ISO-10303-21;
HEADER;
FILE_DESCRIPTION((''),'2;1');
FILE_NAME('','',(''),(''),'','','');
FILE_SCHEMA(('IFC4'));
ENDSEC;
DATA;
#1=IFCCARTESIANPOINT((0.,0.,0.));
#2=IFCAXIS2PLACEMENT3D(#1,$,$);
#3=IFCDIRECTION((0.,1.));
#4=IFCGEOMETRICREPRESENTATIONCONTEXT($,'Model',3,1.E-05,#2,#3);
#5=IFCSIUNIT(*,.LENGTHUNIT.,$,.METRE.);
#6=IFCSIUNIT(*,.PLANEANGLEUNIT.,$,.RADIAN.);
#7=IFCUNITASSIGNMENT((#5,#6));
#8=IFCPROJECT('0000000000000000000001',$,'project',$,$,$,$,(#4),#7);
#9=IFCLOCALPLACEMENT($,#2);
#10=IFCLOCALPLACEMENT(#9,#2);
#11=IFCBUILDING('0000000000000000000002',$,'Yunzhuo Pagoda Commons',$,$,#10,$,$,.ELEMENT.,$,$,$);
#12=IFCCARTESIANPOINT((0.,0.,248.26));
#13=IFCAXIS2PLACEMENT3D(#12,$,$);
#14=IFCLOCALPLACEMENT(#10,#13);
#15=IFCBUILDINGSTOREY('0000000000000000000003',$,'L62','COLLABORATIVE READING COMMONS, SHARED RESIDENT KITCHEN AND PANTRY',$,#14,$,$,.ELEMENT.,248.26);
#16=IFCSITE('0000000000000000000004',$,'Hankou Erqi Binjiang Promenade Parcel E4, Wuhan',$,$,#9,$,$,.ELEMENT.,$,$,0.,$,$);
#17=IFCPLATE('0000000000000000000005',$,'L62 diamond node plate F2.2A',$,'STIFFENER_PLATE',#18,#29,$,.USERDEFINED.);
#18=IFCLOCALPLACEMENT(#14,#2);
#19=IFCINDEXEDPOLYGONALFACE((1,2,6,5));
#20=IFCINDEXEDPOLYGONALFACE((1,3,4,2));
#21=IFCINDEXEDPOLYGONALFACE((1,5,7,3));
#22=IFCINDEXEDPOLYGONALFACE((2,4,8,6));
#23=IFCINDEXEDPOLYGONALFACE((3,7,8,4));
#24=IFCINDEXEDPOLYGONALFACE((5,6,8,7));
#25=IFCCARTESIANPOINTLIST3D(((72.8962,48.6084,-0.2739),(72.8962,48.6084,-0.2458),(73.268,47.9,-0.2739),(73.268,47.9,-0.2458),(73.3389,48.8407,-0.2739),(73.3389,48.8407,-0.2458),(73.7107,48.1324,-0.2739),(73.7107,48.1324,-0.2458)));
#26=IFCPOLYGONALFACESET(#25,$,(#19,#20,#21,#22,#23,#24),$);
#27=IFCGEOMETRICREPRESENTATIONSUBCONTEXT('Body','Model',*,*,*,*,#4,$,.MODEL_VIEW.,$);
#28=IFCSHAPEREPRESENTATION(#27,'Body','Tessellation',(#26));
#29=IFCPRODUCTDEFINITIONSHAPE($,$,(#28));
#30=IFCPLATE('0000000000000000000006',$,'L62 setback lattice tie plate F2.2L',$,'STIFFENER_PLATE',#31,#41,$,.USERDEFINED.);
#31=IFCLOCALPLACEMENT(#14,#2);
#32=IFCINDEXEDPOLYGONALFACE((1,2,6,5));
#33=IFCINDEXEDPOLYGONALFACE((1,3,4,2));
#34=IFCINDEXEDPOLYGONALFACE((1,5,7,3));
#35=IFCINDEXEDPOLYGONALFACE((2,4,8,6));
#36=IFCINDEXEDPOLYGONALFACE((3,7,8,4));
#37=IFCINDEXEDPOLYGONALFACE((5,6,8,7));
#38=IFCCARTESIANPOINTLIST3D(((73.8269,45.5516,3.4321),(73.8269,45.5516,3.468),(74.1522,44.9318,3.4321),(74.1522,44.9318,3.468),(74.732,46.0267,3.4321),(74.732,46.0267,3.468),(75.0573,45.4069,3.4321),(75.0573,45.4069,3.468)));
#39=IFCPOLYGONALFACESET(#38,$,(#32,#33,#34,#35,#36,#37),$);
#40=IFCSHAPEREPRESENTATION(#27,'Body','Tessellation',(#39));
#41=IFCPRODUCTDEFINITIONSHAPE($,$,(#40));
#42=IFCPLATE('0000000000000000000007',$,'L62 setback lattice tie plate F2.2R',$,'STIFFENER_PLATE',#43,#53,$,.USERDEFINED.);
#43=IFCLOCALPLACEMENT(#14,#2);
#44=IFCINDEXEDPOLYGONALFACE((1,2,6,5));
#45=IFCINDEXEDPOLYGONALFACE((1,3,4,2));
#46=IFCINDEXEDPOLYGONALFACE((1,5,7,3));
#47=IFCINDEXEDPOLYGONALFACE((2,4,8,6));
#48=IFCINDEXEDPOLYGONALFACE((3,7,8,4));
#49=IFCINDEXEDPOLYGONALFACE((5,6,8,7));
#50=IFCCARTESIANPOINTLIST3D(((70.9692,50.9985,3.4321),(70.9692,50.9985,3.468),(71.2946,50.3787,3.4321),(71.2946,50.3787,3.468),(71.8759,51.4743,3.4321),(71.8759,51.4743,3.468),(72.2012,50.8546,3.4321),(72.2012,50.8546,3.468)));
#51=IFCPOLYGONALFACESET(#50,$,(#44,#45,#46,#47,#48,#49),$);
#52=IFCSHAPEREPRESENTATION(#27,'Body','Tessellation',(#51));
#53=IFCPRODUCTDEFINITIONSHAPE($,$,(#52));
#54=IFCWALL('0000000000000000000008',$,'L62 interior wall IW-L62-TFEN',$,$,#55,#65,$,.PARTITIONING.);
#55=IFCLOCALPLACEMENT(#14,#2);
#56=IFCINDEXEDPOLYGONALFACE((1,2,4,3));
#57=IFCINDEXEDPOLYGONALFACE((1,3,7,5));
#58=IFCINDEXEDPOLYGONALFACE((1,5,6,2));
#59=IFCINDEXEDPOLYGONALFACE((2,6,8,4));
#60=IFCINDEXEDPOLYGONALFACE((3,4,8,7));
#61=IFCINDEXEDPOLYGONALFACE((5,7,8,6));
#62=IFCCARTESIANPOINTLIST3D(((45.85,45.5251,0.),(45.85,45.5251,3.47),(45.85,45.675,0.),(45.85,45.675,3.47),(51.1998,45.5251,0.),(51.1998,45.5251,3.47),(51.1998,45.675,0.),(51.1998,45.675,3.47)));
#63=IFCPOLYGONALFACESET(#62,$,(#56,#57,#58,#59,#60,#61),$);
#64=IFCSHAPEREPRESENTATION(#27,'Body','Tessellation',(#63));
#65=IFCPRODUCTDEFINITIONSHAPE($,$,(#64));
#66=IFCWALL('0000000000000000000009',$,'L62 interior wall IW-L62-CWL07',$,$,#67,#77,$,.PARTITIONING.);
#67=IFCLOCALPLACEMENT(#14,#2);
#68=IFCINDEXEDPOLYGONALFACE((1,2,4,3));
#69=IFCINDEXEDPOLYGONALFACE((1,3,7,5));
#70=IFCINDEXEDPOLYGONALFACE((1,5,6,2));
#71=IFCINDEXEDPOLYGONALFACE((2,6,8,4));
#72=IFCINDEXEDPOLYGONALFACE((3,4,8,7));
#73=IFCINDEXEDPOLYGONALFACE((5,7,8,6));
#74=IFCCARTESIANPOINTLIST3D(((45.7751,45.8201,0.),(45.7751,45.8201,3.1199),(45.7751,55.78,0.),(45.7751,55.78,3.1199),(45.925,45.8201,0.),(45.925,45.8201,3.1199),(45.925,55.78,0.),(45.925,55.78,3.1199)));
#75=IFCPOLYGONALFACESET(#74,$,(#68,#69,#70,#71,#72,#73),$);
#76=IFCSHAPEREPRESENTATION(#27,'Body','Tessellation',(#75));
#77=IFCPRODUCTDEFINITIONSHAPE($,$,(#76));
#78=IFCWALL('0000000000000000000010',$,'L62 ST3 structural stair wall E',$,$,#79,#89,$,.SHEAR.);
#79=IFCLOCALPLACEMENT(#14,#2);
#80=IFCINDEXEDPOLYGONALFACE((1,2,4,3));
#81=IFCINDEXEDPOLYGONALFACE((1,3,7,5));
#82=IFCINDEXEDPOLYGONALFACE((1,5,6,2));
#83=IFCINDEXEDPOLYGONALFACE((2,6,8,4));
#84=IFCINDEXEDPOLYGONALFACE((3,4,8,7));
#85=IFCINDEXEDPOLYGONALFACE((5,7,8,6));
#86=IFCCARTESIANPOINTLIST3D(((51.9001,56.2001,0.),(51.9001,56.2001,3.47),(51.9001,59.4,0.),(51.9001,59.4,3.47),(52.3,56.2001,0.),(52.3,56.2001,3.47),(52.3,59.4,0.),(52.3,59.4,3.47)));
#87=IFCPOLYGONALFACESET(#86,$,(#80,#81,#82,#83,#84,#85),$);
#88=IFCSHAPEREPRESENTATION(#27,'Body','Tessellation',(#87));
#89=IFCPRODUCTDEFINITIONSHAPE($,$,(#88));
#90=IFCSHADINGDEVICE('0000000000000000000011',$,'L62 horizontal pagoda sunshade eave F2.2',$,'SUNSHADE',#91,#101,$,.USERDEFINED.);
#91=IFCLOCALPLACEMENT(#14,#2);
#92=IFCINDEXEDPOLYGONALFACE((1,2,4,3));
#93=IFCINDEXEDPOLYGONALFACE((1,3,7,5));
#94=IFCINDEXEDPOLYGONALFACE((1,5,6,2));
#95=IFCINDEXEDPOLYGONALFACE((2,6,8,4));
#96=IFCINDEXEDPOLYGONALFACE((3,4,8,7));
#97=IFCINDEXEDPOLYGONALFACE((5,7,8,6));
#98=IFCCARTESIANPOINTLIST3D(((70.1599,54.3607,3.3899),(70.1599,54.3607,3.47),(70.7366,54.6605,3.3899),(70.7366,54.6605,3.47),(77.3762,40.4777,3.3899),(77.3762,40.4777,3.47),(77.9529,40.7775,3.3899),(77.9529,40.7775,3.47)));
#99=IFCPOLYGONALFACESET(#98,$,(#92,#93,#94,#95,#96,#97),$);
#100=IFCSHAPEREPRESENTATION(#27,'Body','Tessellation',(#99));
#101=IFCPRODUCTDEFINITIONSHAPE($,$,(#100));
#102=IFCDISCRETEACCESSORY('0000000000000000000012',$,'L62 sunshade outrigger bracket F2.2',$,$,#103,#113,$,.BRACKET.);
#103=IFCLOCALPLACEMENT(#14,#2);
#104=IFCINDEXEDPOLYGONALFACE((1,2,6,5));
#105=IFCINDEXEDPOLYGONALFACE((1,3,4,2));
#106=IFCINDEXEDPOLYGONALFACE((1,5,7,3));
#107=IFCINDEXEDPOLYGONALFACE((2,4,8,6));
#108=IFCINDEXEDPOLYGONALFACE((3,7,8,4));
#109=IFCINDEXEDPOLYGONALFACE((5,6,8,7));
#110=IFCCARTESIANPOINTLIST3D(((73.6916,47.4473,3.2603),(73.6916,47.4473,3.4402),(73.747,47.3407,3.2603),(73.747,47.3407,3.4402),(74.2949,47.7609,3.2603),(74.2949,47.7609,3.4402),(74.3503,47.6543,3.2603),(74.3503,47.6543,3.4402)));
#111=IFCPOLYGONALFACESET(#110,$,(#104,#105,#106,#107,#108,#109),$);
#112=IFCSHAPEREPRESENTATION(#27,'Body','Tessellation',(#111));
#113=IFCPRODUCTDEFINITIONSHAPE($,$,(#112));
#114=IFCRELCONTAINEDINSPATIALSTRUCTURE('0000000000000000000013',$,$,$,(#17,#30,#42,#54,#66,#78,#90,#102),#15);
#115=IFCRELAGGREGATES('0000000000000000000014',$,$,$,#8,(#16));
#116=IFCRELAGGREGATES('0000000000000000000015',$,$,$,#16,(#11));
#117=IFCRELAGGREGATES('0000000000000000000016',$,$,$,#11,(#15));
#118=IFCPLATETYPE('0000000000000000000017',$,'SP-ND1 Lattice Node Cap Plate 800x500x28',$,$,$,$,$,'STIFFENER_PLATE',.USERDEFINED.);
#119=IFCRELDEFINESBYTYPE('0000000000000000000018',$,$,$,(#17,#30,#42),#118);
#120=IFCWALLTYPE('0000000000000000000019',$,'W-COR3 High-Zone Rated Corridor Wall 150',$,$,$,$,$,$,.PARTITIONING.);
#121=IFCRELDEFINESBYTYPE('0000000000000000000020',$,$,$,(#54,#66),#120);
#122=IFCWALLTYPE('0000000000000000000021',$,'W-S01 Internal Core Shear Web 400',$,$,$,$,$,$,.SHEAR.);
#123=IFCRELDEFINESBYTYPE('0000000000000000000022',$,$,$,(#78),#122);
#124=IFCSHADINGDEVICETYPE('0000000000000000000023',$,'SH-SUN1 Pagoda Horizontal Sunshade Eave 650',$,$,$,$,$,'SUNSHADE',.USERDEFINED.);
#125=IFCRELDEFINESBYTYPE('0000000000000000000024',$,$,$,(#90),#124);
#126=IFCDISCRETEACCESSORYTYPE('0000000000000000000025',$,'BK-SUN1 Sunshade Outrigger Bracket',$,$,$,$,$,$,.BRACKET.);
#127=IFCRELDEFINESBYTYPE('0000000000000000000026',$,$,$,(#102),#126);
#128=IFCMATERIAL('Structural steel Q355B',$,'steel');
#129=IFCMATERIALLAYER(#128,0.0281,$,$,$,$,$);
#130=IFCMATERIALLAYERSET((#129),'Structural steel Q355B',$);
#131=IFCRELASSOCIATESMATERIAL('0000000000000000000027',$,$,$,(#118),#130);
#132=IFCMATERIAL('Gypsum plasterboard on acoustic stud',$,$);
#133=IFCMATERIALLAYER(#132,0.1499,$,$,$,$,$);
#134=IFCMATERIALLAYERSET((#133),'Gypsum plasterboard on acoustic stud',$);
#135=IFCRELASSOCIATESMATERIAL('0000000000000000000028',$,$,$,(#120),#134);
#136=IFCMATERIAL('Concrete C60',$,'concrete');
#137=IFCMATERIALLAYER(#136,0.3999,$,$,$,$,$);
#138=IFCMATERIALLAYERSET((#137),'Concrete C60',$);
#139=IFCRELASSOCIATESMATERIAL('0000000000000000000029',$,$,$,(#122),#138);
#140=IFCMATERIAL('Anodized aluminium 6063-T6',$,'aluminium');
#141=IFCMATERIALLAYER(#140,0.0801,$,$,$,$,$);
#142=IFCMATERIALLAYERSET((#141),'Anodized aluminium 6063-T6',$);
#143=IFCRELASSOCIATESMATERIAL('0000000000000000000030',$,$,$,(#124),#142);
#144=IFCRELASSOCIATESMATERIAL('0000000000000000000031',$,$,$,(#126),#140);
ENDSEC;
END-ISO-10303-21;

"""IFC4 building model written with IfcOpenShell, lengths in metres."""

from ifc_helpers import new_model, si_unit, direction, frame, frame_2d, origin, origin_2d, place, context, subcontext, project, spatial, rectangle, extrude, source, transform, mapped, material, layer, layer_set, type_object, element, save


model = new_model("IFC4")

# Units and contexts
model_context = context("Model", 3, precision=1e-05, world=origin(), true_north=direction((0.0, 1.0)))
body_context = subcontext(model_context, "Body", "Model", "MODEL_VIEW")
ifc_project = project(units=[si_unit("LENGTHUNIT", "METRE"), si_unit("PLANEANGLEUNIT", "RADIAN")], contexts=[model_context])

# Site, building, storey
site_placement = place(None, origin())
site = spatial("IfcSite", under=ifc_project, at=site_placement, Name="Hankou Erqi Binjiang Promenade Parcel E4, Wuhan", CompositionType="ELEMENT", RefElevation=0.0)
building_placement = place(site_placement, origin())
building = spatial("IfcBuilding", under=site, at=building_placement, Name="Yunzhuo Pagoda Commons", CompositionType="ELEMENT")
storey_placement = place(building_placement, frame((0.0, 0.0, 248.26)))
storey = spatial("IfcBuildingStorey", under=building, at=storey_placement, Name="L62", Description="COLLABORATIVE READING COMMONS, SHARED RESIDENT KITCHEN AND PANTRY", CompositionType="ELEMENT", Elevation=248.26)

# Shared definitions
ifc_material_1 = material(Name="Structural steel Q355B", Category="steel")

# Shared definitions
ifc_material_2 = material(Name="Anodized aluminium 6063-T6", Category="aluminium")

# Plates
ifc_layer_1 = layer(ifc_material_1, 0.0281)
ifc_layer_set_1 = layer_set([ifc_layer_1], Name="Structural steel Q355B")
plate_type_1 = type_object("IfcPlateType", Name="SP-ND1 Lattice Node Cap Plate 800x500x28", ElementType="STIFFENER_PLATE", PredefinedType="USERDEFINED", material=ifc_layer_set_1)
shared_shape_1 = source(origin(), body_context, "Body", "SweptSolid", [
    extrude(rectangle(XDim=0.8, YDim=0.5, at=origin_2d()), origin(), (0.0, 0.0, 1.0), 0.0281),
])
plate_1_placement = place(storey_placement, frame((73.3035, 48.3704, -0.2739), z_axis=(0.0, 0.0, 1.0), x_axis=(-0.464765, 0.885434, 0.0)))
element("IfcPlate", 1, at=plate_1_placement, inside=storey, type_object=plate_type_1, Name="L62 diamond node plate F2.2A", ObjectType="STIFFENER_PLATE", PredefinedType="USERDEFINED", context=body_context, shape_type="MappedRepresentation", body=[
    mapped(shared_shape_1, transform((0.0, 0.0, 0.0), scale=1.0)),
])
shared_shape_2 = source(origin(), body_context, "Body", "SweptSolid", [
    extrude(rectangle(XDim=0.7, YDim=1.0222, at=origin_2d()), origin(), (0.0, 0.0, 1.0), 0.0359),
])
plate_2_placement = place(storey_placement, frame((74.4421, 45.4792, 3.4321), z_axis=(0.0, 0.0, 1.0), x_axis=(-0.464765, 0.885434, 0.0)))
element("IfcPlate", 2, at=plate_2_placement, inside=storey, type_object=plate_type_1, Name="L62 setback lattice tie plate F2.2L", ObjectType="STIFFENER_PLATE", PredefinedType="USERDEFINED", context=body_context, shape_type="MappedRepresentation", body=[
    mapped(shared_shape_2, transform((0.0, 0.0, 0.0), scale=1.0)),
])
shared_shape_3 = source(origin(), body_context, "Body", "SweptSolid", [
    extrude(rectangle(XDim=0.7, YDim=1.0239, at=origin_2d()), origin(), (0.0, 0.0, 1.0), 0.0359),
])
plate_3_placement = place(storey_placement, frame((71.5852, 50.9265, 3.4321), z_axis=(0.0, 0.0, 1.0), x_axis=(-0.464765, 0.885434, 0.0)))
element("IfcPlate", 3, at=plate_3_placement, inside=storey, type_object=plate_type_1, Name="L62 setback lattice tie plate F2.2R", ObjectType="STIFFENER_PLATE", PredefinedType="USERDEFINED", context=body_context, shape_type="MappedRepresentation", body=[
    mapped(shared_shape_3, transform((0.0, 0.0, 0.0), scale=1.0)),
])

# Walls
ifc_material_3 = material(Name="Gypsum plasterboard on acoustic stud")
ifc_layer_2 = layer(ifc_material_3, 0.1499)
ifc_layer_set_2 = layer_set([ifc_layer_2], Name="Gypsum plasterboard on acoustic stud")
wall_type_1 = type_object("IfcWallType", Name="W-COR3 High-Zone Rated Corridor Wall 150", PredefinedType="PARTITIONING", material=ifc_layer_set_2)
wall_1_placement = place(storey_placement, frame((45.8501, 45.6001, 0.0), z_axis=(0.0, 0.0, 1.0), x_axis=(1.0, 0.0, 0.0)))
element("IfcWall", 4, at=wall_1_placement, inside=storey, type_object=wall_type_1, Name="L62 interior wall IW-L62-TFEN", PredefinedType="PARTITIONING", context=body_context, shape_type="SweptSolid", body=[
    extrude(rectangle(XDim=5.3499, YDim=0.1499, at=frame_2d((2.6748, 0.0))), origin(), (0.0, 0.0, 1.0), 3.47),
])
wall_2_placement = place(storey_placement, frame((45.8501, 55.78, 0.0), z_axis=(0.0, 0.0, 1.0), x_axis=(0.0, -1.0, 0.0)))
element("IfcWall", 5, at=wall_2_placement, inside=storey, type_object=wall_type_1, Name="L62 interior wall IW-L62-CWL07", PredefinedType="PARTITIONING", context=body_context, shape_type="SweptSolid", body=[
    extrude(rectangle(XDim=9.96, YDim=0.1499, at=frame_2d((4.98, 0.0))), origin(), (0.0, 0.0, 1.0), 3.1199),
])
ifc_material_4 = material(Name="Concrete C60", Category="concrete")
ifc_layer_3 = layer(ifc_material_4, 0.3999)
ifc_layer_set_3 = layer_set([ifc_layer_3], Name="Concrete C60")
wall_type_2 = type_object("IfcWallType", Name="W-S01 Internal Core Shear Web 400", PredefinedType="SHEAR", material=ifc_layer_set_3)
wall_3_placement = place(storey_placement, frame((52.1001, 56.2, 0.0), z_axis=(0.0, 0.0, 1.0), x_axis=(0.0, 1.0, 0.0)))
element("IfcWall", 6, at=wall_3_placement, inside=storey, type_object=wall_type_2, Name="L62 ST3 structural stair wall E", PredefinedType="SHEAR", context=body_context, shape_type="SweptSolid", body=[
    extrude(rectangle(XDim=3.2, YDim=0.3999, at=frame_2d((1.6001, 0.0))), origin(), (0.0, 0.0, 1.0), 3.47),
])

# Shading device
ifc_layer_4 = layer(ifc_material_2, 0.0801)
ifc_layer_set_4 = layer_set([ifc_layer_4], Name="Anodized aluminium 6063-T6")
shading_device_type = type_object("IfcShadingDeviceType", Name="SH-SUN1 Pagoda Horizontal Sunshade Eave 650", ElementType="SUNSHADE", PredefinedType="USERDEFINED", material=ifc_layer_set_4)
shared_shape_4 = source(origin(), body_context, "Body", "SweptSolid", [
    extrude(rectangle(XDim=15.6465, YDim=0.6499, at=origin_2d()), origin(), (0.0, 0.0, 1.0), 0.0801),
])
shading_device_placement = place(storey_placement, frame((74.0564, 47.5691, 3.3899), z_axis=(0.0, 0.0, 1.0), x_axis=(-0.461207, 0.887293, 0.0)))
element("IfcShadingDevice", 7, at=shading_device_placement, inside=storey, type_object=shading_device_type, Name="L62 horizontal pagoda sunshade eave F2.2", ObjectType="SUNSHADE", PredefinedType="USERDEFINED", context=body_context, shape_type="MappedRepresentation", body=[
    mapped(shared_shape_4, transform((0.0, 0.0, 0.0), scale=1.0)),
])

# Discrete accessory
discrete_accessory_type = type_object("IfcDiscreteAccessoryType", Name="BK-SUN1 Sunshade Outrigger Bracket", PredefinedType="BRACKET", material=ifc_material_2)
shared_shape_5 = source(origin(), body_context, "Body", "SweptSolid", [
    extrude(rectangle(XDim=0.1201, YDim=0.6799, at=origin_2d()), origin(), (0.0, 0.0, 1.0), 0.1799),
])
discrete_accessory_placement = place(storey_placement, frame((74.021, 47.5508, 3.2603), z_axis=(0.0, 0.0, 1.0), x_axis=(-0.461207, 0.887293, 0.0)))
element("IfcDiscreteAccessory", 8, at=discrete_accessory_placement, inside=storey, type_object=discrete_accessory_type, Name="L62 sunshade outrigger bracket F2.2", PredefinedType="BRACKET", context=body_context, shape_type="MappedRepresentation", body=[
    mapped(shared_shape_5, transform((0.0, 0.0, 0.0), scale=1.0)),
])

save(model, "model.ifc")
